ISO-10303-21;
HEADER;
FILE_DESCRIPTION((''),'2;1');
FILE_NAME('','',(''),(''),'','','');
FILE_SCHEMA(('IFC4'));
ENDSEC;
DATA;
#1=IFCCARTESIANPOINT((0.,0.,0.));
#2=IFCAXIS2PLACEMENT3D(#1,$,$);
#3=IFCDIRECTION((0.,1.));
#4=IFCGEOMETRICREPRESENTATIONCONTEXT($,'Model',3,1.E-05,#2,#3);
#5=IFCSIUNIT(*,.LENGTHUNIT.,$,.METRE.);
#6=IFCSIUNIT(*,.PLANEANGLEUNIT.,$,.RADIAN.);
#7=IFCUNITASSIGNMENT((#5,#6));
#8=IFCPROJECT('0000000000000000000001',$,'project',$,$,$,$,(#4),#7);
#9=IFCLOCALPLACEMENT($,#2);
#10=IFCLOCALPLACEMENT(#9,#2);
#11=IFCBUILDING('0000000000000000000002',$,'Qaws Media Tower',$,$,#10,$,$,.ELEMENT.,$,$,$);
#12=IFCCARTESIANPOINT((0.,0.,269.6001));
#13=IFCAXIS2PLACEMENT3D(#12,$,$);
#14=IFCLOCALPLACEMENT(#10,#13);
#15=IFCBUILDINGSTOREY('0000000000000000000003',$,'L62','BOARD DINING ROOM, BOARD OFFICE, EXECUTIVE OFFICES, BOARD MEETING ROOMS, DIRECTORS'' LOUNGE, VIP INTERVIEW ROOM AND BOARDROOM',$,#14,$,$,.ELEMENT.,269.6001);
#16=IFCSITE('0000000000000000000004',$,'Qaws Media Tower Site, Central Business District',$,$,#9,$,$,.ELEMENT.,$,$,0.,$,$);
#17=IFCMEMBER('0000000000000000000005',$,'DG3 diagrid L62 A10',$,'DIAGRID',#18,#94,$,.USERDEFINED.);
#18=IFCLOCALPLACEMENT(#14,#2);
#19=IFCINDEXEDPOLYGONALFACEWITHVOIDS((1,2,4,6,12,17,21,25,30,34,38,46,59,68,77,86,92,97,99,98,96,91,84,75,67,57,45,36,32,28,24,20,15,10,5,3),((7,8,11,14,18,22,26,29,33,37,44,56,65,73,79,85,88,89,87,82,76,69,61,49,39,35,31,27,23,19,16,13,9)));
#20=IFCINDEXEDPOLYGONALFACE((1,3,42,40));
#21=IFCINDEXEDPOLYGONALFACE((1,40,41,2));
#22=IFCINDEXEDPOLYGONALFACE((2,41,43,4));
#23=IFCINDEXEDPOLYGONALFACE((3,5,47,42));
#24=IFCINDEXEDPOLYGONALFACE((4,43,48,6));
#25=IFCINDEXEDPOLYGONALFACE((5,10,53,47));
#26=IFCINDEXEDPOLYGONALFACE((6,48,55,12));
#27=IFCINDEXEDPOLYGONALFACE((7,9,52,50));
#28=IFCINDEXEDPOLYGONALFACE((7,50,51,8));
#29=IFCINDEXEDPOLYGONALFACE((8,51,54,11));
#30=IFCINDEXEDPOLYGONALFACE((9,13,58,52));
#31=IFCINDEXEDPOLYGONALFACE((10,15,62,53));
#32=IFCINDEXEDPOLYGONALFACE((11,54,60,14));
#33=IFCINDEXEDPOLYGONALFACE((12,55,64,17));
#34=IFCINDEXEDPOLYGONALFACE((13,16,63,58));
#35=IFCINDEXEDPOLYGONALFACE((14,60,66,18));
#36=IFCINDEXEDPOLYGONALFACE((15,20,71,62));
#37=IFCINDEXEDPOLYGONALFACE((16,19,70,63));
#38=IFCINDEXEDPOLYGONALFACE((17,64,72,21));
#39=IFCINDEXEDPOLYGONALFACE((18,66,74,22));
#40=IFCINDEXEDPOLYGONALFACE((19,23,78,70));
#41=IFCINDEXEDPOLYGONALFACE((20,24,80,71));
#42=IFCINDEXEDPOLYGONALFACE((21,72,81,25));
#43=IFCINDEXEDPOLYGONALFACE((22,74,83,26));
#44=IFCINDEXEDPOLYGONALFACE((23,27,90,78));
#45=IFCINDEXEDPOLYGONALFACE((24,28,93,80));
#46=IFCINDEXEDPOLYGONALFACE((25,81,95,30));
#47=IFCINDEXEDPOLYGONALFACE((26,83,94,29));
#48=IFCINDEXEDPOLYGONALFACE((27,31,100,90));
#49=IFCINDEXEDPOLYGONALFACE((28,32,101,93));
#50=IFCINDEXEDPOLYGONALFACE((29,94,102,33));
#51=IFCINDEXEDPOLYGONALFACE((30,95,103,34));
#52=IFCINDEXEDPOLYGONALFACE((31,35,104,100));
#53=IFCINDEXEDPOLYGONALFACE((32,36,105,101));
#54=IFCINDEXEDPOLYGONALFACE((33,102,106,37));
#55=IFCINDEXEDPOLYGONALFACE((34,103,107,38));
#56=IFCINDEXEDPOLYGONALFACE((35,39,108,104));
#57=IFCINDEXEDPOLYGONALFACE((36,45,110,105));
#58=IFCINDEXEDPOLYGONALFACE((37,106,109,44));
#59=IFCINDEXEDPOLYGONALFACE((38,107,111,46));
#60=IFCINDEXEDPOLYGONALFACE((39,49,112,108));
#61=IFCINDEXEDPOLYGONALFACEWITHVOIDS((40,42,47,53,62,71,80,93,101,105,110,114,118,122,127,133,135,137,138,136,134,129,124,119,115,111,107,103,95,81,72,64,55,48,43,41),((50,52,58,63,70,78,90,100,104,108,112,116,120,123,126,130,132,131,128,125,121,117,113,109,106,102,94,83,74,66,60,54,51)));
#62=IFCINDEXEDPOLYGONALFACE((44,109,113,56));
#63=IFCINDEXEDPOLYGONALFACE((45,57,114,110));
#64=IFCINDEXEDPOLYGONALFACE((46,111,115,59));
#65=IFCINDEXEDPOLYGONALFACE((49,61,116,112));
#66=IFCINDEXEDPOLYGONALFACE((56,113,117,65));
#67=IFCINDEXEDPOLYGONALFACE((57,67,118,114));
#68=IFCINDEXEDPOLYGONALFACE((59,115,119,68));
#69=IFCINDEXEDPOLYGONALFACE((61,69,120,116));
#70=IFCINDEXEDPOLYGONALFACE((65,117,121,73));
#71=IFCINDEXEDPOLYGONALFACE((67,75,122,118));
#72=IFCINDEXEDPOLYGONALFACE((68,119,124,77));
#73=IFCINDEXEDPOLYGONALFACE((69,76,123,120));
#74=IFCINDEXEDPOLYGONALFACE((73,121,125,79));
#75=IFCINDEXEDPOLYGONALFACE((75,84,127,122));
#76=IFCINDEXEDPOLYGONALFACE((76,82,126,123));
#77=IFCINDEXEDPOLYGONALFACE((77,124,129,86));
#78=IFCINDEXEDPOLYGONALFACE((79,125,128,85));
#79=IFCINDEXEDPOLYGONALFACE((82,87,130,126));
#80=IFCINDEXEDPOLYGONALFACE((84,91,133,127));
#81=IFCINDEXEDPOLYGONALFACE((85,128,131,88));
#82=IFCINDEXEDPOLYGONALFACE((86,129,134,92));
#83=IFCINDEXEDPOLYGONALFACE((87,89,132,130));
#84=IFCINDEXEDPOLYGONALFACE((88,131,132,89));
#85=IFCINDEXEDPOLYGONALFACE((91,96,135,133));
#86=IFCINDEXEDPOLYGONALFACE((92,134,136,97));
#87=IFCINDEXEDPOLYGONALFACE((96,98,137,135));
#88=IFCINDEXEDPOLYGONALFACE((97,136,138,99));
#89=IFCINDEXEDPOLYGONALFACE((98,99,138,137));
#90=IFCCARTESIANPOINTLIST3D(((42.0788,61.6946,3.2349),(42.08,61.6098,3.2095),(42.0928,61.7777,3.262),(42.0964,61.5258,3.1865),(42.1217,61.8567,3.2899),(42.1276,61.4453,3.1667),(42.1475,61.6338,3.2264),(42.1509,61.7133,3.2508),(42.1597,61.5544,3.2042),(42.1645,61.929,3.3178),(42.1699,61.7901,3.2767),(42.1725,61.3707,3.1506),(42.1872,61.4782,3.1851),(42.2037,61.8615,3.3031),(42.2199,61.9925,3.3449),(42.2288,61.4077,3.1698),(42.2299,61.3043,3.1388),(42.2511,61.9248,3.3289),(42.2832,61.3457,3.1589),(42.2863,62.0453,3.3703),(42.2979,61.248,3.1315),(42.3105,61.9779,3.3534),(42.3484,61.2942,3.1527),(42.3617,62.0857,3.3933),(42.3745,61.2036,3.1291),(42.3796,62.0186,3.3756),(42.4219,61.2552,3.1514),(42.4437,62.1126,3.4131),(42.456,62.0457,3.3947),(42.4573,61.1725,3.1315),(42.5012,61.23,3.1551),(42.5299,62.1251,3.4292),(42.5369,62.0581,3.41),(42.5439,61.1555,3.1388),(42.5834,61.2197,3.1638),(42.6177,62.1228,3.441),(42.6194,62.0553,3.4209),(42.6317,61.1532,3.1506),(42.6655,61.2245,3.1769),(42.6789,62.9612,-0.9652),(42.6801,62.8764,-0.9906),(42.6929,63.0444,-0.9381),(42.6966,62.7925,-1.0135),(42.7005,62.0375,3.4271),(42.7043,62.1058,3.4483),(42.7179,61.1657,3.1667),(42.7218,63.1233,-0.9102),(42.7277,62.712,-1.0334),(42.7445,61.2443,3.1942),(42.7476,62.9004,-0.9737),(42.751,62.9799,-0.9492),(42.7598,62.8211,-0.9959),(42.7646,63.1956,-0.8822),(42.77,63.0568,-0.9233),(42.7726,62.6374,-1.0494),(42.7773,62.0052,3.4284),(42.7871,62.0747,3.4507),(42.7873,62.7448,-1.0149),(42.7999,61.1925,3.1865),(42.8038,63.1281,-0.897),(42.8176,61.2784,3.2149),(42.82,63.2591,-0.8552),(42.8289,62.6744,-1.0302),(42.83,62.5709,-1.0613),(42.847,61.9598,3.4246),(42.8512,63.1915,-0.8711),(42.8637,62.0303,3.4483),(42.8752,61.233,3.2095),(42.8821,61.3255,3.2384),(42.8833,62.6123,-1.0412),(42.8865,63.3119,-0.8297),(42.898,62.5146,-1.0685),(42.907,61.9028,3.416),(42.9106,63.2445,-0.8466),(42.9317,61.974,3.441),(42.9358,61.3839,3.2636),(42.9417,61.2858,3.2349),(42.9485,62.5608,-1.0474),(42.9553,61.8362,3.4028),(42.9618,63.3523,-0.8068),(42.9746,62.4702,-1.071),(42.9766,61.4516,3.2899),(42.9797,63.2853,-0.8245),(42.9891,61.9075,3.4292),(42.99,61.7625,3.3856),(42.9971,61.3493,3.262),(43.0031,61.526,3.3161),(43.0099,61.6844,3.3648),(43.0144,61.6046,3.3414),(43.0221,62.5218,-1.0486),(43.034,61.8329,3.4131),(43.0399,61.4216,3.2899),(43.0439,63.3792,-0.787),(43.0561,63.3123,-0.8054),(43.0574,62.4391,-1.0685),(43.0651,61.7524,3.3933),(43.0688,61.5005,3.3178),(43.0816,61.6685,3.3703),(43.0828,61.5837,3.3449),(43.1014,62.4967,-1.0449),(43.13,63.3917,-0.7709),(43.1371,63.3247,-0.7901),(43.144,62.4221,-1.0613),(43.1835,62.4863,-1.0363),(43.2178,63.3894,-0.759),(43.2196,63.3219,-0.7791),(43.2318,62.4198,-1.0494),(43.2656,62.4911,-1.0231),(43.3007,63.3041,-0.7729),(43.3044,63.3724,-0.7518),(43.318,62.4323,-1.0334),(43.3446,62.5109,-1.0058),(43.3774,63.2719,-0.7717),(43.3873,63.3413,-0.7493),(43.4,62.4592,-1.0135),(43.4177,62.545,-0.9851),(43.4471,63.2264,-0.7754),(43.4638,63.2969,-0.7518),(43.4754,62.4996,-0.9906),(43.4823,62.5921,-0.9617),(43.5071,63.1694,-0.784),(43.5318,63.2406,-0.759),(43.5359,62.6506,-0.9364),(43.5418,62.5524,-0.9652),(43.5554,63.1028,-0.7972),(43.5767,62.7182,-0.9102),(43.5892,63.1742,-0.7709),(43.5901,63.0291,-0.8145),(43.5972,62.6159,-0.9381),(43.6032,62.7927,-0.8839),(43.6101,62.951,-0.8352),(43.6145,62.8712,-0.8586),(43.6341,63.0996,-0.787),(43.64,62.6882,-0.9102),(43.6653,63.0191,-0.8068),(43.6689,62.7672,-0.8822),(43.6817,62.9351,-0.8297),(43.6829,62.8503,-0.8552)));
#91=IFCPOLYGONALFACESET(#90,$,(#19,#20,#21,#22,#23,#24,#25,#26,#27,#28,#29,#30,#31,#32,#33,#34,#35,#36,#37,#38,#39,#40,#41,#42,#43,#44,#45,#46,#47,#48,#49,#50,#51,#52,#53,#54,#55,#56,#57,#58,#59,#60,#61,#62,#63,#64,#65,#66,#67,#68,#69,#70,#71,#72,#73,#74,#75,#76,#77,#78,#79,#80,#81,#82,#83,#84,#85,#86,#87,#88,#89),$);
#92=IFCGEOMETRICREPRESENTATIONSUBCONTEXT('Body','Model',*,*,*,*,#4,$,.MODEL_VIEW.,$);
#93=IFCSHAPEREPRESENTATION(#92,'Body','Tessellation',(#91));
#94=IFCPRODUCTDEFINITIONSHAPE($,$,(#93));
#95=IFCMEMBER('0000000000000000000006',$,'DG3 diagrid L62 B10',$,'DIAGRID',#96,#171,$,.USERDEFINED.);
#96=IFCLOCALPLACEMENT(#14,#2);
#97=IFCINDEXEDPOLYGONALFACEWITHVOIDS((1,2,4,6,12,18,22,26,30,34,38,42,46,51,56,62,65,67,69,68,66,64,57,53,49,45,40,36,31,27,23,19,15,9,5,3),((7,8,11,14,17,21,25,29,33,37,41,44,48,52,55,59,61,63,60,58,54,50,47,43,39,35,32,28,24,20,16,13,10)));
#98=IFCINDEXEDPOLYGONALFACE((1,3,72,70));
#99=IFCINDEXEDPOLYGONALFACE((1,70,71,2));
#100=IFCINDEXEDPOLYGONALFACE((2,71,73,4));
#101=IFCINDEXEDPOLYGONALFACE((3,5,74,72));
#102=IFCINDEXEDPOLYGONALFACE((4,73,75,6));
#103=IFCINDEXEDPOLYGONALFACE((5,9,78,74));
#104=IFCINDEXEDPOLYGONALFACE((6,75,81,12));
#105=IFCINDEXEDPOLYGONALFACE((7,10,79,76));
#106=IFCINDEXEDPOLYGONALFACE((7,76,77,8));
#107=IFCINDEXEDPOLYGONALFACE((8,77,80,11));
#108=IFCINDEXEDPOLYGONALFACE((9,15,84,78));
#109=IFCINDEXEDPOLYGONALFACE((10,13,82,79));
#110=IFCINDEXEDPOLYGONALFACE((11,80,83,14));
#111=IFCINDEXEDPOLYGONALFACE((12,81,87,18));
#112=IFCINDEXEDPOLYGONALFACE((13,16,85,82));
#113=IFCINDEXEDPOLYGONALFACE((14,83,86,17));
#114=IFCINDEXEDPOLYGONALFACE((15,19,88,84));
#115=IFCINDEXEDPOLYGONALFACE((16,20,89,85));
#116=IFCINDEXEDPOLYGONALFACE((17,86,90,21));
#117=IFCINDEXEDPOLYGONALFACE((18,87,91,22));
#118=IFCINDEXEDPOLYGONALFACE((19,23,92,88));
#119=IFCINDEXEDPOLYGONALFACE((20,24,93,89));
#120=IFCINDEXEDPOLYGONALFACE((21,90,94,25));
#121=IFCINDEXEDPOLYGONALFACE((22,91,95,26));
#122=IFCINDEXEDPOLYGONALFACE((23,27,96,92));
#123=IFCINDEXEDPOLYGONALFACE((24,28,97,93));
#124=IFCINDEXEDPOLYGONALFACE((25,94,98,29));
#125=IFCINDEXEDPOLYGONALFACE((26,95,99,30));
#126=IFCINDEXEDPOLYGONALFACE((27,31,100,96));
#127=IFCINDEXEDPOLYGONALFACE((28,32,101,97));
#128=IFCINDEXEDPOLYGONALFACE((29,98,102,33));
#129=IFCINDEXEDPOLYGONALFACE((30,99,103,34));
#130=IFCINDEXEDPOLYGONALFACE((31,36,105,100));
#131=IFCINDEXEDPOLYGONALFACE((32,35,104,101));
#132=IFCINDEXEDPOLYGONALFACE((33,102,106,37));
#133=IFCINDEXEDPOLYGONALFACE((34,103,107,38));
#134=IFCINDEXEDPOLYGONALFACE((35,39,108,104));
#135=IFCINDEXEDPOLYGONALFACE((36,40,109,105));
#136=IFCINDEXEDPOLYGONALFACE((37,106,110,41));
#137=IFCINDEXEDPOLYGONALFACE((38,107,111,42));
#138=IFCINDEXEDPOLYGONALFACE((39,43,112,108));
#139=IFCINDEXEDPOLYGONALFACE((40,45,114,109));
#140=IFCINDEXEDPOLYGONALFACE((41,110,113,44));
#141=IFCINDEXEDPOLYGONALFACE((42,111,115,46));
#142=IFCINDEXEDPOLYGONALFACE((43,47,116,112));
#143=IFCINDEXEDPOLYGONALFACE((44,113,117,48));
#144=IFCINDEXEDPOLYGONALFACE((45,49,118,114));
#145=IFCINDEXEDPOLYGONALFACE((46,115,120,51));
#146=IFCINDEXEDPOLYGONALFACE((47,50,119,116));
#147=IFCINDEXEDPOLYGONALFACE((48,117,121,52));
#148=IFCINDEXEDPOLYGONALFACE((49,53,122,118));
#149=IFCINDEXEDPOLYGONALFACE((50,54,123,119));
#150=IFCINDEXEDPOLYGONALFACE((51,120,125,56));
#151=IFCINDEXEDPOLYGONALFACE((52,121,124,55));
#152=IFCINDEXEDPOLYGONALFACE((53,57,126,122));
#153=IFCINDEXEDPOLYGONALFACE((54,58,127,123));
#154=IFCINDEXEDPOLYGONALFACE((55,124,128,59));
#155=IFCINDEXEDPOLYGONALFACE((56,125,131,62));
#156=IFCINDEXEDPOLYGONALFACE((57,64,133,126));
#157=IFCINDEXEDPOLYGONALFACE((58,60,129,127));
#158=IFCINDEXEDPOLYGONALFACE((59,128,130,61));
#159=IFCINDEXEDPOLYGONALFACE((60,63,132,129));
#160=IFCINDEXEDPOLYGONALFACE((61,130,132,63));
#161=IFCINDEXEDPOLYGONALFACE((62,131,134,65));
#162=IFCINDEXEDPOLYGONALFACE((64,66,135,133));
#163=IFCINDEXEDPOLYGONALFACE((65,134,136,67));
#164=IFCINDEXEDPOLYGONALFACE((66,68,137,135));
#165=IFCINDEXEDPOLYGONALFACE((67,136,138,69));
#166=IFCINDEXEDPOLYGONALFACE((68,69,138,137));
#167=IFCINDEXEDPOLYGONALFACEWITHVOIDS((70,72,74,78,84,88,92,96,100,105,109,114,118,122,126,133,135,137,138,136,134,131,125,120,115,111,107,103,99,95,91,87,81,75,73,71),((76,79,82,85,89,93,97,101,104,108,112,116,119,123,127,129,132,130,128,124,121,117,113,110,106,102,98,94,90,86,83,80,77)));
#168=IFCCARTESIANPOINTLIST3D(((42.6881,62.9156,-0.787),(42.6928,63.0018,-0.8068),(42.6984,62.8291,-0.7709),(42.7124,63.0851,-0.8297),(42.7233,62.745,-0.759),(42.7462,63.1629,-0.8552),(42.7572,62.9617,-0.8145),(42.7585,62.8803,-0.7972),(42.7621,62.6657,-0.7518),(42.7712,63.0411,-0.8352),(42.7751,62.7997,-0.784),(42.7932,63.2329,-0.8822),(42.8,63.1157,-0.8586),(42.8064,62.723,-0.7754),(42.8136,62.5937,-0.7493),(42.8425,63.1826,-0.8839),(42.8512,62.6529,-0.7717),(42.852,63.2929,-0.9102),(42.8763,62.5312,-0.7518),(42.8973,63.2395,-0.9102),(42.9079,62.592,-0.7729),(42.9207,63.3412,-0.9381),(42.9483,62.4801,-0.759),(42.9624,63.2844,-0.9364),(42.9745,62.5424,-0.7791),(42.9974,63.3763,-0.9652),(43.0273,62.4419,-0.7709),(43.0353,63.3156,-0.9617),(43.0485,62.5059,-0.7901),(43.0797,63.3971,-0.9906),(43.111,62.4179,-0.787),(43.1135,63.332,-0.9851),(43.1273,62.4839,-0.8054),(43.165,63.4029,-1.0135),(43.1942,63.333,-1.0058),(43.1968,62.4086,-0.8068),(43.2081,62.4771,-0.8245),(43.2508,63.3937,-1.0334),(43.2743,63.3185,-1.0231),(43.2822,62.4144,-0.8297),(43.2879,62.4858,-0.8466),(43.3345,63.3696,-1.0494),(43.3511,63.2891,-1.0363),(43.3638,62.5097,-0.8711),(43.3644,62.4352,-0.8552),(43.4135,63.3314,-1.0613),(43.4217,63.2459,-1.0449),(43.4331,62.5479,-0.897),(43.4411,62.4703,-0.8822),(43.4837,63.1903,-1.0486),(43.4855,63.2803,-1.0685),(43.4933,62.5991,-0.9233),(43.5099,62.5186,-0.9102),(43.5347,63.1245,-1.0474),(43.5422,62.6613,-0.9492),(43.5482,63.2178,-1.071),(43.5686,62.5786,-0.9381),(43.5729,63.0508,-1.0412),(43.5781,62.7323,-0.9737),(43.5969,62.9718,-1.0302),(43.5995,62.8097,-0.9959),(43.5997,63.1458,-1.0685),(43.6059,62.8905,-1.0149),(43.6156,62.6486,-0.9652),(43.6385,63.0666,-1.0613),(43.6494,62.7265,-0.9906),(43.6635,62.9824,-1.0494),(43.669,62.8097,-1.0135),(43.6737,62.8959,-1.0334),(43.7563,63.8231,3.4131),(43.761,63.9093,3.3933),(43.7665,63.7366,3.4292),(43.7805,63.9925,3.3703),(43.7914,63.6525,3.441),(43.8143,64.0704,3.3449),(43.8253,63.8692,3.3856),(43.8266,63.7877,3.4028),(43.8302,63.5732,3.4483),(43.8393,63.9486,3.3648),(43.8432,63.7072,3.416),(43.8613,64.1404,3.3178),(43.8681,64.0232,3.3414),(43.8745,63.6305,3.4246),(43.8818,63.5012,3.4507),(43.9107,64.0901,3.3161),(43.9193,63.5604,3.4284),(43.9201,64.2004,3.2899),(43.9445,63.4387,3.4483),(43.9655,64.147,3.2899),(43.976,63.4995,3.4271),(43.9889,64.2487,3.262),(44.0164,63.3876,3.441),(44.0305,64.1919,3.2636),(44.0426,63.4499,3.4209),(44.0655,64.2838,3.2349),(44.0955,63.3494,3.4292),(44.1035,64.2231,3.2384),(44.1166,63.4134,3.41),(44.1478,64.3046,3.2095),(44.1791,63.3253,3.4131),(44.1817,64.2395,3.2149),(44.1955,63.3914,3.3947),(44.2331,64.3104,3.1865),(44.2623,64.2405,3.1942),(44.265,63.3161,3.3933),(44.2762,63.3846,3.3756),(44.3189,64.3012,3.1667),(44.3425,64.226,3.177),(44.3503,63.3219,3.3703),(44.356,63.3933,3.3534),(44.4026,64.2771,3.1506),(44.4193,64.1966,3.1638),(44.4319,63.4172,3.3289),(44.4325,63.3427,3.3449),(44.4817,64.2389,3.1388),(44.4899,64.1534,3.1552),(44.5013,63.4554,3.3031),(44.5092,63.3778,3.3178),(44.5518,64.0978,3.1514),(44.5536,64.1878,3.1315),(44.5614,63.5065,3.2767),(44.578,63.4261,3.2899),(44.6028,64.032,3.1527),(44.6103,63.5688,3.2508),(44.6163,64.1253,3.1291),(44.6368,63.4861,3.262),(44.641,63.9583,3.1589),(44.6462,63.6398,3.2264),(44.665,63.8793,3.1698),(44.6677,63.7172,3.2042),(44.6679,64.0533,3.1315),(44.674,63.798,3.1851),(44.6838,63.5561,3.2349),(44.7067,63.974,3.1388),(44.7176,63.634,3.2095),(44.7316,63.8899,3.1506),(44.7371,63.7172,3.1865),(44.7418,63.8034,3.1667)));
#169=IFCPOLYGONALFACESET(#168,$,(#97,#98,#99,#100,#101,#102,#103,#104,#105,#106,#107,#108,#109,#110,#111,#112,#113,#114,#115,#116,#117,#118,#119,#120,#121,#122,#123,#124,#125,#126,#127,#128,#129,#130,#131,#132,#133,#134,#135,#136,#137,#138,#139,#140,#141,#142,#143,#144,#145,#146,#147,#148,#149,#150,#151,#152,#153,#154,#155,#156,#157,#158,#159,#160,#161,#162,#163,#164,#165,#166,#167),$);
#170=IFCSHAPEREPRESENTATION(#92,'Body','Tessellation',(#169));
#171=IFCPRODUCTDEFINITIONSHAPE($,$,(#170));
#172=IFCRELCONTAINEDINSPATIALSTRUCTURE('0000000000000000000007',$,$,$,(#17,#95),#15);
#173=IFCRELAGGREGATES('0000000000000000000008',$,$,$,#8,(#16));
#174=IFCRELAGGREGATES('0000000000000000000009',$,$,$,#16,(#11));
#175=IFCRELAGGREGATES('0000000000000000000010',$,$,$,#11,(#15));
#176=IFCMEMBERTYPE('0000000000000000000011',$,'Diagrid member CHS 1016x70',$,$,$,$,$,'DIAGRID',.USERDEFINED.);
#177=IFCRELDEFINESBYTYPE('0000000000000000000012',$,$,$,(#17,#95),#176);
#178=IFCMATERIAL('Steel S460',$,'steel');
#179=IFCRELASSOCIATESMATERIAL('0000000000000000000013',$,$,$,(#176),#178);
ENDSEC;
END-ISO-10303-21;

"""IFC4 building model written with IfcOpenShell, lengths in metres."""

from ifc_helpers import new_model, si_unit, direction, frame, origin, origin_2d, place, context, subcontext, project, spatial, hollow_circle, extrude, material, material_profile, profile_set, type_object, element, save


model = new_model("IFC4")

# Units and contexts
model_context = context("Model", 3, precision=1e-05, world=origin(), true_north=direction((0.0, 1.0)))
body_context = subcontext(model_context, "Body", "Model", "MODEL_VIEW")
ifc_project = project(units=[si_unit("LENGTHUNIT", "METRE"), si_unit("PLANEANGLEUNIT", "RADIAN")], contexts=[model_context])

# Site, building, storey
site_placement = place(None, origin())
site = spatial("IfcSite", under=ifc_project, at=site_placement, Name="Qaws Media Tower Site, Central Business District", CompositionType="ELEMENT", RefElevation=0.0)
building_placement = place(site_placement, origin())
building = spatial("IfcBuilding", under=site, at=building_placement, Name="Qaws Media Tower", CompositionType="ELEMENT")
storey_placement = place(building_placement, frame((0.0, 0.0, 269.6001)))
storey = spatial("IfcBuildingStorey", under=building, at=storey_placement, Name="L62", Description="BOARD DINING ROOM, BOARD OFFICE, EXECUTIVE OFFICES, BOARD MEETING ROOMS, DIRECTORS' LOUNGE, VIP INTERVIEW ROOM AND BOARDROOM", CompositionType="ELEMENT", Elevation=269.6001)

# Members
ifc_material_1 = material(Name="Steel S460", Category="steel")
ifc_material_profile_1 = material_profile(ifc_material_1, hollow_circle(Radius=0.5081, WallThickness=0.0701, at=origin_2d()), Name="CHS 1016x70")
ifc_profile_set_1 = profile_set([ifc_material_profile_1], Name="Steel S460")
member_type_1 = type_object("IfcMemberType", Name="Diagrid member CHS 1016x70", ElementType="DIAGRID", PredefinedType="USERDEFINED", material=ifc_profile_set_1)
for number, where, z_axis, x_axis, name in (
    (1, (43.1809, 62.9058, -0.9102), (-0.135534, -0.286067, 0.948576), (0.903702, -0.428161, 0.0), "DG3 diagrid L62 A10"),
    (2, (43.1809, 62.9058, -0.9102), (0.241238, 0.204956, 0.948576), (-0.647471, 0.76209, 0.0), "DG3 diagrid L62 B10"),
):
    element("IfcMember", number, at=place(storey_placement, frame(where, z_axis=z_axis, x_axis=x_axis)), inside=storey, type_object=member_type_1, Name=name, ObjectType="DIAGRID", PredefinedType="USERDEFINED", context=body_context, shape_type="SweptSolid", body=[
        extrude(hollow_circle(Radius=0.5081, WallThickness=0.0701, at=origin_2d()), origin(), (0.0, 0.0, 1.0), 4.4277),
    ])

save(model, "model.ifc")
